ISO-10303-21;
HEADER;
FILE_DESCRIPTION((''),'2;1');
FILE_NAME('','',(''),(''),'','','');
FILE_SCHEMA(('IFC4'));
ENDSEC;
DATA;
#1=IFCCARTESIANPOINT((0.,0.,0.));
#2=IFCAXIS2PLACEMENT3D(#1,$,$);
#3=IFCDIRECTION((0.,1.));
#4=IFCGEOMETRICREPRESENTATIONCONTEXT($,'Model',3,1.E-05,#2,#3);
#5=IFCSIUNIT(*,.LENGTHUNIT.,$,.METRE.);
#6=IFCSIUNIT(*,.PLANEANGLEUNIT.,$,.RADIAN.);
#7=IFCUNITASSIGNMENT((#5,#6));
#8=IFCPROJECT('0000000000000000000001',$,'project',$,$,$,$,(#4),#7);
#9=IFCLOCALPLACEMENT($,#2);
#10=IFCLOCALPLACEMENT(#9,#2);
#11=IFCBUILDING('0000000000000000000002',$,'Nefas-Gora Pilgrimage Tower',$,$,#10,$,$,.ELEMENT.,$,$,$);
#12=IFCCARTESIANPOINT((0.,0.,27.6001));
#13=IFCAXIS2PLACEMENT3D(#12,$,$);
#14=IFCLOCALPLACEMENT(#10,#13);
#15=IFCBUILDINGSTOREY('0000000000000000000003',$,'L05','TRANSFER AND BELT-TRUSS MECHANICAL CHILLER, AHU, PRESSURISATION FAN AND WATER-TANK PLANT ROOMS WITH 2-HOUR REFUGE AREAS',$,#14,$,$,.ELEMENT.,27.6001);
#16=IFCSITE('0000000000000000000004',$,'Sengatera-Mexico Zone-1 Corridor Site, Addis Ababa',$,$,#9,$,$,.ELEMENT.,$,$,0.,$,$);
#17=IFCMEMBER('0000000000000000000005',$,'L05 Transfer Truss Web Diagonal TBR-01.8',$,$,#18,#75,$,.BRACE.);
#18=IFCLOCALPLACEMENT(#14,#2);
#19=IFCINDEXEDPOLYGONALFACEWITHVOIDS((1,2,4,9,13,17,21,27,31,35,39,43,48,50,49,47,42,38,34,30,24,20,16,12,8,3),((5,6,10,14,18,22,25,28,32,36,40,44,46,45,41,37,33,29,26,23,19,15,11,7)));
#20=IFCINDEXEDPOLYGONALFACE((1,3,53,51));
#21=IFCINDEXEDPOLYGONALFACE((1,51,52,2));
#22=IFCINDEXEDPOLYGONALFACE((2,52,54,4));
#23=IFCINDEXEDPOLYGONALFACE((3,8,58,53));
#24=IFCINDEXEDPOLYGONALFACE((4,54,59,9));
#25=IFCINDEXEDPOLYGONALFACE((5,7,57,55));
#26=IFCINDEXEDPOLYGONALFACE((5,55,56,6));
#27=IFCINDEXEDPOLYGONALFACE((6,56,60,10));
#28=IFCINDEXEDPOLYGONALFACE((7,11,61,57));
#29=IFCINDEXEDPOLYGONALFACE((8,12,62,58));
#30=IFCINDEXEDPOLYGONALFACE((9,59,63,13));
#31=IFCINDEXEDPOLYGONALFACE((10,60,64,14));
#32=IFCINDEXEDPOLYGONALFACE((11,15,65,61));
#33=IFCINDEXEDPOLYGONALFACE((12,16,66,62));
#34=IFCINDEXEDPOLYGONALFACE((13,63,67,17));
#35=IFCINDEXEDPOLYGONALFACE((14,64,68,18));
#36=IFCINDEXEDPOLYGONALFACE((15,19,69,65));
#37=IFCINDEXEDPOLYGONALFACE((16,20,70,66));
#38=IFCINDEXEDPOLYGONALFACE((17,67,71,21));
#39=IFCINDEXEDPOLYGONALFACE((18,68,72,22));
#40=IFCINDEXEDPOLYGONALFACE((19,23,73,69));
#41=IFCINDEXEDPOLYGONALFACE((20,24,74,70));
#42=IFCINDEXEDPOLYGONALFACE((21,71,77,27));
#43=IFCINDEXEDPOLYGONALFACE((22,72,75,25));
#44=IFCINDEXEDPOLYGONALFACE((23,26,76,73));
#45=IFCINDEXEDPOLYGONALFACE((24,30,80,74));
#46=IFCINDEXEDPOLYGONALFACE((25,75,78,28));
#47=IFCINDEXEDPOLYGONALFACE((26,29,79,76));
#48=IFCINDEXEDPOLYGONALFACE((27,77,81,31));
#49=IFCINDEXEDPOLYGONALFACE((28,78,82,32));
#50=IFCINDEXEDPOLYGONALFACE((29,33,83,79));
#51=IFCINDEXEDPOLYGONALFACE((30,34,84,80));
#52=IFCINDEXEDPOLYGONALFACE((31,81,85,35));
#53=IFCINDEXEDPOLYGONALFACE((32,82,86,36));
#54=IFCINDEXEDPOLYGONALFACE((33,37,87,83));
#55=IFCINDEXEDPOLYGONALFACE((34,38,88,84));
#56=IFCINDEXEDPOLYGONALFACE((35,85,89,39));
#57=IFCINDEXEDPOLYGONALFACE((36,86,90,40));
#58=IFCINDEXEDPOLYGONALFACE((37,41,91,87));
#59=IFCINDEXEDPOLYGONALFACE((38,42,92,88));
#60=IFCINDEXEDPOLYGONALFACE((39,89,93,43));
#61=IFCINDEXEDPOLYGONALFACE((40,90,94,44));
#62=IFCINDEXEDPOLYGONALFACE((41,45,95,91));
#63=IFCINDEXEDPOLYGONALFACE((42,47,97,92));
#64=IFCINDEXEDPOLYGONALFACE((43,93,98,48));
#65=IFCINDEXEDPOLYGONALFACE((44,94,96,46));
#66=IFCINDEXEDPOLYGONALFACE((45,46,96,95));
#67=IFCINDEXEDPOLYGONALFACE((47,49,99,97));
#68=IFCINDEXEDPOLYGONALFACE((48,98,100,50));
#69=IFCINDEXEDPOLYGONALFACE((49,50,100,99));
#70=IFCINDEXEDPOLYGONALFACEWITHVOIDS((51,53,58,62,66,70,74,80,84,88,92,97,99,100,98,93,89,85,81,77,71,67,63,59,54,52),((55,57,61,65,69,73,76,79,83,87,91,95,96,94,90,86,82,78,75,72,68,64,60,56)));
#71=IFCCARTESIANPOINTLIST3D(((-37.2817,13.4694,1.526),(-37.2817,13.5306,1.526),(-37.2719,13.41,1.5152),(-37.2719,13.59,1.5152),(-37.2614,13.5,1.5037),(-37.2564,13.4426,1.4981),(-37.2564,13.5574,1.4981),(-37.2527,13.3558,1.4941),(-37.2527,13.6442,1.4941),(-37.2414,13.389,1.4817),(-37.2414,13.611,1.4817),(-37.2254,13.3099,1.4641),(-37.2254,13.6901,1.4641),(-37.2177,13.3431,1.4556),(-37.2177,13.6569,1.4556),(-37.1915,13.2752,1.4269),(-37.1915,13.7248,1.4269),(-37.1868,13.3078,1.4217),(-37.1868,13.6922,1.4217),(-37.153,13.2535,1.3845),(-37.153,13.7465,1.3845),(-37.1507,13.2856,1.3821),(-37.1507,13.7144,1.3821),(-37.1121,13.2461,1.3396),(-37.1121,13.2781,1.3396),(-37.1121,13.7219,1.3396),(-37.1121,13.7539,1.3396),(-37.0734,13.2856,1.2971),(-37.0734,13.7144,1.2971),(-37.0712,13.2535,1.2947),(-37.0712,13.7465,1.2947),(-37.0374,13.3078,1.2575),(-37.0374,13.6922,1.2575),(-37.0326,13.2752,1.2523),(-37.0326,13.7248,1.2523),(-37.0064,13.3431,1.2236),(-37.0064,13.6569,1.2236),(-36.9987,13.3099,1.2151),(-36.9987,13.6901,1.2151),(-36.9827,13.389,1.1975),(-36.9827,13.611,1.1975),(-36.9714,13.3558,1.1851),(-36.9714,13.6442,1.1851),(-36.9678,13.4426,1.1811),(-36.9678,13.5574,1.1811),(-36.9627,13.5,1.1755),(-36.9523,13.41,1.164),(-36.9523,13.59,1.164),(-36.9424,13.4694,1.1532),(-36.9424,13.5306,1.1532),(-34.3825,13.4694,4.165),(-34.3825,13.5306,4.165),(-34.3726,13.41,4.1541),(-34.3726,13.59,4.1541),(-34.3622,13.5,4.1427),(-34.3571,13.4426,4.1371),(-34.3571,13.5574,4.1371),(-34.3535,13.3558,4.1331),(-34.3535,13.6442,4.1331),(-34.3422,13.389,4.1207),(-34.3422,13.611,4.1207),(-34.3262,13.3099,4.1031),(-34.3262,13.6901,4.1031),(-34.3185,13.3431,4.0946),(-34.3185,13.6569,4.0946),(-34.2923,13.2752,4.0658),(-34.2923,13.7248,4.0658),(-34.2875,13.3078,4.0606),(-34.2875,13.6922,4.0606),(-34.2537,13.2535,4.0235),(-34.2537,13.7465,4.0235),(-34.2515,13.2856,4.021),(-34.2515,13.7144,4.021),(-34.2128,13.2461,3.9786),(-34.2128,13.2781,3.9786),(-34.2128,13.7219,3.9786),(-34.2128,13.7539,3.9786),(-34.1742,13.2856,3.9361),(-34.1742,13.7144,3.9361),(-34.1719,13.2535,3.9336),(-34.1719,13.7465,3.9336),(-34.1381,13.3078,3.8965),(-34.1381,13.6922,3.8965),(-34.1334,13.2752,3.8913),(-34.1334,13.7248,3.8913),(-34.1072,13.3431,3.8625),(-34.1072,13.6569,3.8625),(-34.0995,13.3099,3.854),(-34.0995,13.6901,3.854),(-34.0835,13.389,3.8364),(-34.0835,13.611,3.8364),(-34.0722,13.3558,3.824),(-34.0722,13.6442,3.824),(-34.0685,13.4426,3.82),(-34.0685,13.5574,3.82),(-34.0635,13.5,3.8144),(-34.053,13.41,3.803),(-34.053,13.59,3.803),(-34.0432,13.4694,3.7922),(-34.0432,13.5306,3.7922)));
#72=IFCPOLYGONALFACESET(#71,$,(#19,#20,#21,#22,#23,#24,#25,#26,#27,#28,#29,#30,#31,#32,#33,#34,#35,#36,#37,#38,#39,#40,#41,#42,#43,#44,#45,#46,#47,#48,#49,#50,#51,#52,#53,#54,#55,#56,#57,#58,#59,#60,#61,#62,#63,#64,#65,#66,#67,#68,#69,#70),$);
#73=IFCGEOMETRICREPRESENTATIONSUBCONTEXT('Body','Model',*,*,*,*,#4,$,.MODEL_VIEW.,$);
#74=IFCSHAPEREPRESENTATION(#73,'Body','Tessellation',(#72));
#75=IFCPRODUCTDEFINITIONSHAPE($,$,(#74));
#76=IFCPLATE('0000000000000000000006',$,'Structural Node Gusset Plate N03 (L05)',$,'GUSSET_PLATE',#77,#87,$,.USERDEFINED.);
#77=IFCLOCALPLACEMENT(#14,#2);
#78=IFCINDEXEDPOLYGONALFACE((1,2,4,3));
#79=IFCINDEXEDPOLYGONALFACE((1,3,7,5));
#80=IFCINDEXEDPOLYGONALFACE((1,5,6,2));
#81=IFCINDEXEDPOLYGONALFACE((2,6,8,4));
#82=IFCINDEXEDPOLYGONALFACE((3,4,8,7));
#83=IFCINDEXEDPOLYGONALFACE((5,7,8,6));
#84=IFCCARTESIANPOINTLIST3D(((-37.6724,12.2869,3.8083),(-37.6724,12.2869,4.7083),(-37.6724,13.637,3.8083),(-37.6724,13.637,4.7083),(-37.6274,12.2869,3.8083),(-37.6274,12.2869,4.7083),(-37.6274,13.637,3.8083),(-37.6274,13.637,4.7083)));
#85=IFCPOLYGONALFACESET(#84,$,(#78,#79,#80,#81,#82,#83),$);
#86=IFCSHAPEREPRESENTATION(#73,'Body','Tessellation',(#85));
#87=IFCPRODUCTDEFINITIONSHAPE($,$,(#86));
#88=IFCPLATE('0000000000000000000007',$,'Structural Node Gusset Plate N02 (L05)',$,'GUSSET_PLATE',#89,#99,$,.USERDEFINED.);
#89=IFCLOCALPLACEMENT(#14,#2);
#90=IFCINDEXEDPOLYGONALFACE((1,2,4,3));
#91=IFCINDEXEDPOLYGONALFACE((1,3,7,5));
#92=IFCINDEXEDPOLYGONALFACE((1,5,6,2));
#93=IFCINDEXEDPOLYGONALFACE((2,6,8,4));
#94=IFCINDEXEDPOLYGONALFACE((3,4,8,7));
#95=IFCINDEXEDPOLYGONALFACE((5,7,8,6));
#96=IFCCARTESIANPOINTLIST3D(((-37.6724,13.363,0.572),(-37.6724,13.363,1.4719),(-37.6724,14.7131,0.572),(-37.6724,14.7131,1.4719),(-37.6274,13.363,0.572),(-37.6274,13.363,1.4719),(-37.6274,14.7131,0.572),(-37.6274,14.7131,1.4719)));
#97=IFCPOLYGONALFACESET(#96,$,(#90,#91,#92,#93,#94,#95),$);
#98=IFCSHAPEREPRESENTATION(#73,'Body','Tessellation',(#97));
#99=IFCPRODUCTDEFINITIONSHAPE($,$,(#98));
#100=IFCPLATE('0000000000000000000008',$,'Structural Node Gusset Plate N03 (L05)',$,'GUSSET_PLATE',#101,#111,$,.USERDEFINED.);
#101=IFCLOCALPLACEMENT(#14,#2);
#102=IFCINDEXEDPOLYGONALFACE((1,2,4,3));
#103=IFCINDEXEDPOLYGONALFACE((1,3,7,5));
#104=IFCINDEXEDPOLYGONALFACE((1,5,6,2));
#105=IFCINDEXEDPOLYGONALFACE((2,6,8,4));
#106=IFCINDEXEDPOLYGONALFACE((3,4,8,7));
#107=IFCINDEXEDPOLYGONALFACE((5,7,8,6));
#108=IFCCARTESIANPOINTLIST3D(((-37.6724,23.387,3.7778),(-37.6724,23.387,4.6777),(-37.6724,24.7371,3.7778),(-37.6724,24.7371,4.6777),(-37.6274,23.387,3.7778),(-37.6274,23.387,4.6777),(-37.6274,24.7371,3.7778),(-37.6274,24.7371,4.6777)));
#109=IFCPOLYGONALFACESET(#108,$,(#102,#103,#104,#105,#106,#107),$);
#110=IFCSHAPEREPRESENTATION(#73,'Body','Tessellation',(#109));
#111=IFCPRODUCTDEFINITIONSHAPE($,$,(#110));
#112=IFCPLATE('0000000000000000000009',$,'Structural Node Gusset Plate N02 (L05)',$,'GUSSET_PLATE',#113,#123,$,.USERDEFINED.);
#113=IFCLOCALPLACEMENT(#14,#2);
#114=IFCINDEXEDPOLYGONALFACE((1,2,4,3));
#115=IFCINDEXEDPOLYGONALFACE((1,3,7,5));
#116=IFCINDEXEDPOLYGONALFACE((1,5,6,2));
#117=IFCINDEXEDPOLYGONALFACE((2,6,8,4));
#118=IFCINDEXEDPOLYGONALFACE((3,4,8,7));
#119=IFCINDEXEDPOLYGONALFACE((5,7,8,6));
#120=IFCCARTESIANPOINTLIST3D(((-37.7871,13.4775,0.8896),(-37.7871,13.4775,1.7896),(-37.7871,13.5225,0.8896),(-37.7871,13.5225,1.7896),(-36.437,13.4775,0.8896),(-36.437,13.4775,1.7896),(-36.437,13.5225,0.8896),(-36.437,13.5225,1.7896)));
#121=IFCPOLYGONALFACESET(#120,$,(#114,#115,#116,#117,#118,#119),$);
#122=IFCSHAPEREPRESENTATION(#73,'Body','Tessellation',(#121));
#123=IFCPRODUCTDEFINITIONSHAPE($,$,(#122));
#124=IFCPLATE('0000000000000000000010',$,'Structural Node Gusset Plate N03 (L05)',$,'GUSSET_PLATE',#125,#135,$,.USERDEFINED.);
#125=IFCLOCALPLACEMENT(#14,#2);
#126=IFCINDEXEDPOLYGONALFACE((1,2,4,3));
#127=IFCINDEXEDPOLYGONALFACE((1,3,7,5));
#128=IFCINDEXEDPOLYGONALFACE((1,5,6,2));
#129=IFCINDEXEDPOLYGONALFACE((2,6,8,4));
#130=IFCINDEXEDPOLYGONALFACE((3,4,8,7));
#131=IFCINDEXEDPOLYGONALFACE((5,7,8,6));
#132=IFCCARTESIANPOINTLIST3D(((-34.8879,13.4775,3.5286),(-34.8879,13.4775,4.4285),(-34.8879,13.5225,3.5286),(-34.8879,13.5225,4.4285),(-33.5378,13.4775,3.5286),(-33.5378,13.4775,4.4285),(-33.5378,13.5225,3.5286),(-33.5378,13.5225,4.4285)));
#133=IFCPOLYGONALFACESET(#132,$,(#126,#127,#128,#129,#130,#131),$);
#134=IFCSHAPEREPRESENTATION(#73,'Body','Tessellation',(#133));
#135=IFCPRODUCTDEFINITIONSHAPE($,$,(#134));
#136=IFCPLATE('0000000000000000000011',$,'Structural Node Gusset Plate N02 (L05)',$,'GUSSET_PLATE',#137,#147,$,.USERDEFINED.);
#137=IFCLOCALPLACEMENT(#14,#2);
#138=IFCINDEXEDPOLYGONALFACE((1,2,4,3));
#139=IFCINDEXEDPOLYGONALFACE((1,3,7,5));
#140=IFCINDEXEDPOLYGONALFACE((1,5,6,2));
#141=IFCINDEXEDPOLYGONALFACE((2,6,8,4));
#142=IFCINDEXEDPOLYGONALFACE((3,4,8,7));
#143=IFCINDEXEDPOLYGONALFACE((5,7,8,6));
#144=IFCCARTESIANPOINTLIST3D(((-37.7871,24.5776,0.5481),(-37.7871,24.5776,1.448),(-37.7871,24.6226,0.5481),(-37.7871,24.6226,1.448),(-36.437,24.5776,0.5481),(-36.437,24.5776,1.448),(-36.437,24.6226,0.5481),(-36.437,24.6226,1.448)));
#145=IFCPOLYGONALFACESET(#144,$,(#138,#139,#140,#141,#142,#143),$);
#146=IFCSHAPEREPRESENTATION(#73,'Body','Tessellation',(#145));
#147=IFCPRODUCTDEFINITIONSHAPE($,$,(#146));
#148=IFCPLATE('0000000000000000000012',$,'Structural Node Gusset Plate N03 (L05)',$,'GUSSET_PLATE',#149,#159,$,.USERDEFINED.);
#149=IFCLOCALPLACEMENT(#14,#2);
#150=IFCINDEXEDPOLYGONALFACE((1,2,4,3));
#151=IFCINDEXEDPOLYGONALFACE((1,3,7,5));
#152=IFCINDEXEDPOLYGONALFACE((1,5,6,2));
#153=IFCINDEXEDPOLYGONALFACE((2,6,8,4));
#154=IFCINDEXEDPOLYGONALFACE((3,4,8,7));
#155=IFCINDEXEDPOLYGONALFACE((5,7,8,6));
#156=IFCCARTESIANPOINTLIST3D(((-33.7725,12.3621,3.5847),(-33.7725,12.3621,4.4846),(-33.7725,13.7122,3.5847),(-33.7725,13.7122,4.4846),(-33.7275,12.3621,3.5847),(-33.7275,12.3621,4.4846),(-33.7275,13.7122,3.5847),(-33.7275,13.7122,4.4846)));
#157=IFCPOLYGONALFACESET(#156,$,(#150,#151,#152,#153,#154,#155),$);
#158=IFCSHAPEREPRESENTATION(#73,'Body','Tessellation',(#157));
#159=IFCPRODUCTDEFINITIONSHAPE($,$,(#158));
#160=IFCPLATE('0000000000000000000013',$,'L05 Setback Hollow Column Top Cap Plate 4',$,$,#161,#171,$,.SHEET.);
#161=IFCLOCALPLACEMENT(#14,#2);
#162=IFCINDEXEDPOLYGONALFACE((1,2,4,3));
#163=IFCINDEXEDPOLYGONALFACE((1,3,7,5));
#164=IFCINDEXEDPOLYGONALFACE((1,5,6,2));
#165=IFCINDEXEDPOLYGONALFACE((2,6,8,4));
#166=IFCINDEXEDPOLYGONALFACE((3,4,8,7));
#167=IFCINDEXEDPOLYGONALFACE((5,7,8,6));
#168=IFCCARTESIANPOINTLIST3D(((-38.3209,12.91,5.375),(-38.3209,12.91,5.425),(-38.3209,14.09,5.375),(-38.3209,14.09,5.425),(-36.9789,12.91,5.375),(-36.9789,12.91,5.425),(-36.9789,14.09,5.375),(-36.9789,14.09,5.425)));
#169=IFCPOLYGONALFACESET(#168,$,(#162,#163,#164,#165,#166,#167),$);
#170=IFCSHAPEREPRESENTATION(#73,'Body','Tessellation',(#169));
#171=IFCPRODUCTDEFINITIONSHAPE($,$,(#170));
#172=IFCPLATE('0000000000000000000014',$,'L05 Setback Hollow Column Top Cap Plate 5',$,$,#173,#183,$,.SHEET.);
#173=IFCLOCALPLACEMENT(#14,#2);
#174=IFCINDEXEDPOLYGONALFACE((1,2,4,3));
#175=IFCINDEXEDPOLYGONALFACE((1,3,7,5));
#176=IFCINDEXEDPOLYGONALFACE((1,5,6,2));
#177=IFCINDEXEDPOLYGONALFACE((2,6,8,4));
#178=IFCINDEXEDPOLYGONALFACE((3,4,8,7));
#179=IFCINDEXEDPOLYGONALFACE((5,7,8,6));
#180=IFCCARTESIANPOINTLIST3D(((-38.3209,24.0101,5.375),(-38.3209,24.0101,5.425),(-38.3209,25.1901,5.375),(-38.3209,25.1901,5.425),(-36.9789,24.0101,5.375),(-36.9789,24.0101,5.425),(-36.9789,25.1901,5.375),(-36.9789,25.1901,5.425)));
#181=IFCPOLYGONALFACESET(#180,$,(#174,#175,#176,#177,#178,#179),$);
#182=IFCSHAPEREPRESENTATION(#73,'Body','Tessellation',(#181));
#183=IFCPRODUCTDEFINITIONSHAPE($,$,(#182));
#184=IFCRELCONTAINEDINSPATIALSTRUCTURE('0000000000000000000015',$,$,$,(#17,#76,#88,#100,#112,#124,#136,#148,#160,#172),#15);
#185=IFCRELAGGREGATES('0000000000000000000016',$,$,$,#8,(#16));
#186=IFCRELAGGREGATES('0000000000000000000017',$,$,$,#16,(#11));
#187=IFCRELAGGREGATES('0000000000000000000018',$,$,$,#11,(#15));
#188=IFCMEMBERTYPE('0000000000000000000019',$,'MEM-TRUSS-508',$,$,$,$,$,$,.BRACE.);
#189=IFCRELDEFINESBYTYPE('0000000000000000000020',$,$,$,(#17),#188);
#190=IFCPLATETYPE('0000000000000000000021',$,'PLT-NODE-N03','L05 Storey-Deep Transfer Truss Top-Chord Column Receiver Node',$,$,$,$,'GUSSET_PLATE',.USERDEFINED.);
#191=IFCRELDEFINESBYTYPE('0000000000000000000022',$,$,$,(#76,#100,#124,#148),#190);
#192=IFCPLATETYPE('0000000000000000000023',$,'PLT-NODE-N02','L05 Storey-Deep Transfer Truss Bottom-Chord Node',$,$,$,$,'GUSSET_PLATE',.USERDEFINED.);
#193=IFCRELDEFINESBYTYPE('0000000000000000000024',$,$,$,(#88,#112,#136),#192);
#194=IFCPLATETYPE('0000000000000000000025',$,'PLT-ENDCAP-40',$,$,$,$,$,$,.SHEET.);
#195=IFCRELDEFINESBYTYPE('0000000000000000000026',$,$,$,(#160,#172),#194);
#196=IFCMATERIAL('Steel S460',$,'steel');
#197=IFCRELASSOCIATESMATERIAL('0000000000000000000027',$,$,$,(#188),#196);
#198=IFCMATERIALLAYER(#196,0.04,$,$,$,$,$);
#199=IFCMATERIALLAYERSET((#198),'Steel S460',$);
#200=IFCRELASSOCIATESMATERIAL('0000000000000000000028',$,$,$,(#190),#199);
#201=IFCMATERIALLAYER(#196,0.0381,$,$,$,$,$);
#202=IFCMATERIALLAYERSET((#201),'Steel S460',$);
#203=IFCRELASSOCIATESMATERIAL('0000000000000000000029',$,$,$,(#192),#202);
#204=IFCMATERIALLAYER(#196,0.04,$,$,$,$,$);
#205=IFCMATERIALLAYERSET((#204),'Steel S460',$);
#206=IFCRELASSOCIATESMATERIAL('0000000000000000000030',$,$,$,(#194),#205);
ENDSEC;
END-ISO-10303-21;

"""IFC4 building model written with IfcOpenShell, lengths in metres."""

from ifc_helpers import new_model, si_unit, direction, frame, origin, origin_2d, place, context, subcontext, project, spatial, rectangle, hollow_circle, extrude, source, transform, mapped, material, layer, layer_set, material_profile, profile_set, type_object, element, save


model = new_model("IFC4")

# Units and contexts
model_context = context("Model", 3, precision=1e-05, world=origin(), true_north=direction((0.0, 1.0)))
body_context = subcontext(model_context, "Body", "Model", "MODEL_VIEW")
ifc_project = project(units=[si_unit("LENGTHUNIT", "METRE"), si_unit("PLANEANGLEUNIT", "RADIAN")], contexts=[model_context])

# Site, building, storey
site_placement = place(None, origin())
site = spatial("IfcSite", under=ifc_project, at=site_placement, Name="Sengatera-Mexico Zone-1 Corridor Site, Addis Ababa", CompositionType="ELEMENT", RefElevation=0.0)
building_placement = place(site_placement, origin())
building = spatial("IfcBuilding", under=site, at=building_placement, Name="Nefas-Gora Pilgrimage Tower", CompositionType="ELEMENT")
storey_placement = place(building_placement, frame((0.0, 0.0, 27.6001)))
storey = spatial("IfcBuildingStorey", under=building, at=storey_placement, Name="L05", Description="TRANSFER AND BELT-TRUSS MECHANICAL CHILLER, AHU, PRESSURISATION FAN AND WATER-TANK PLANT ROOMS WITH 2-HOUR REFUGE AREAS", CompositionType="ELEMENT", Elevation=27.6001)

# Shared definitions
ifc_material_1 = material(Name="Steel S460", Category="steel")

# Shared definitions
ifc_material_profile_1 = material_profile(ifc_material_1, hollow_circle(Radius=0.2539, WallThickness=0.032, at=origin_2d()), Name="CHS 508x32")
ifc_profile_set_1 = profile_set([ifc_material_profile_1], Name="Steel S460")
member_type = type_object("IfcMemberType", Name="MEM-TRUSS-508", PredefinedType="BRACE", material=ifc_profile_set_1)

# Member
shared_shape_1 = source(origin(), body_context, "Body", "SweptSolid", [
    extrude(hollow_circle(Radius=0.2539, WallThickness=0.032, at=origin_2d()), origin(), (0.0, 0.0, 1.0), 3.9204),
])
member_1_placement = place(storey_placement, frame((-37.1121, 13.5, 1.3396), z_axis=(0.73952, 0.0, 0.673135), x_axis=(0.0, 1.0, 0.0)))
element("IfcMember", 1, at=member_1_placement, inside=storey, type_object=member_type, Name="L05 Transfer Truss Web Diagonal TBR-01.8", PredefinedType="BRACE", context=body_context, shape_type="MappedRepresentation", body=[
    mapped(shared_shape_1, transform((0.0, 0.0, 0.0), x_axis=(1.0, 0.0, 0.0), y_axis=(0.0, 1.0, 0.0), z_axis=(0.0, 0.0, 1.0), scale=1.0)),
])

# Plates
ifc_layer_1 = layer(ifc_material_1, 0.04)
ifc_layer_set_1 = layer_set([ifc_layer_1], Name="Steel S460")
plate_type_1 = type_object("IfcPlateType", Name="PLT-NODE-N03", Description="L05 Storey-Deep Transfer Truss Top-Chord Column Receiver Node", ElementType="GUSSET_PLATE", PredefinedType="USERDEFINED", material=ifc_layer_set_1)
shared_shape_2 = source(origin(), body_context, "Body", "SweptSolid", [
    extrude(rectangle(XDim=1.3501, YDim=0.0449, at=origin_2d()), origin(), (0.0, 0.0, 1.0), 0.8999),
])
plate_1_placement = place(storey_placement, frame((-37.6499, 12.9619, 3.8083), z_axis=(0.0, 0.0, 1.0), x_axis=(0.0, 1.0, 0.0)))
element("IfcPlate", 2, at=plate_1_placement, inside=storey, type_object=plate_type_1, Name="Structural Node Gusset Plate N03 (L05)", ObjectType="GUSSET_PLATE", PredefinedType="USERDEFINED", context=body_context, shape_type="MappedRepresentation", body=[
    mapped(shared_shape_2, transform((0.0, 0.0, 0.0), x_axis=(1.0, 0.0, 0.0), y_axis=(0.0, 1.0, 0.0), z_axis=(0.0, 0.0, 1.0), scale=1.0)),
])
ifc_layer_2 = layer(ifc_material_1, 0.0381)
ifc_layer_set_2 = layer_set([ifc_layer_2], Name="Steel S460")
plate_type_2 = type_object("IfcPlateType", Name="PLT-NODE-N02", Description="L05 Storey-Deep Transfer Truss Bottom-Chord Node", ElementType="GUSSET_PLATE", PredefinedType="USERDEFINED", material=ifc_layer_set_2)
plate_2_placement = place(storey_placement, frame((-37.6499, 14.0381, 0.572), z_axis=(0.0, 0.0, 1.0), x_axis=(0.0, 1.0, 0.0)))
element("IfcPlate", 3, at=plate_2_placement, inside=storey, type_object=plate_type_2, Name="Structural Node Gusset Plate N02 (L05)", ObjectType="GUSSET_PLATE", PredefinedType="USERDEFINED", context=body_context, shape_type="MappedRepresentation", body=[
    mapped(shared_shape_2, transform((0.0, 0.0, 0.0), x_axis=(1.0, 0.0, 0.0), y_axis=(0.0, 1.0, 0.0), z_axis=(0.0, 0.0, 1.0), scale=1.0)),
])
plate_3_placement = place(storey_placement, frame((-37.6499, 24.062, 3.7778), z_axis=(0.0, 0.0, 1.0), x_axis=(0.0, 1.0, 0.0)))
element("IfcPlate", 4, at=plate_3_placement, inside=storey, type_object=plate_type_1, Name="Structural Node Gusset Plate N03 (L05)", ObjectType="GUSSET_PLATE", PredefinedType="USERDEFINED", context=body_context, shape_type="MappedRepresentation", body=[
    mapped(shared_shape_2, transform((0.0, 0.0, 0.0), x_axis=(1.0, 0.0, 0.0), y_axis=(0.0, 1.0, 0.0), z_axis=(0.0, 0.0, 1.0), scale=1.0)),
])
plate_4_placement = place(storey_placement, frame((-37.1121, 13.5, 0.8896), z_axis=(0.0, 0.0, 1.0), x_axis=(1.0, 0.0, 0.0)))
element("IfcPlate", 5, at=plate_4_placement, inside=storey, type_object=plate_type_2, Name="Structural Node Gusset Plate N02 (L05)", ObjectType="GUSSET_PLATE", PredefinedType="USERDEFINED", context=body_context, shape_type="MappedRepresentation", body=[
    mapped(shared_shape_2, transform((0.0, 0.0, 0.0), x_axis=(1.0, 0.0, 0.0), y_axis=(0.0, 1.0, 0.0), z_axis=(0.0, 0.0, 1.0), scale=1.0)),
])
plate_5_placement = place(storey_placement, frame((-34.2129, 13.5, 3.5286), z_axis=(0.0, 0.0, 1.0), x_axis=(1.0, 0.0, 0.0)))
element("IfcPlate", 6, at=plate_5_placement, inside=storey, type_object=plate_type_1, Name="Structural Node Gusset Plate N03 (L05)", ObjectType="GUSSET_PLATE", PredefinedType="USERDEFINED", context=body_context, shape_type="MappedRepresentation", body=[
    mapped(shared_shape_2, transform((0.0, 0.0, 0.0), x_axis=(1.0, 0.0, 0.0), y_axis=(0.0, 1.0, 0.0), z_axis=(0.0, 0.0, 1.0), scale=1.0)),
])
plate_6_placement = place(storey_placement, frame((-37.1121, 24.6001, 0.5481), z_axis=(0.0, 0.0, 1.0), x_axis=(1.0, 0.0, 0.0)))
element("IfcPlate", 7, at=plate_6_placement, inside=storey, type_object=plate_type_2, Name="Structural Node Gusset Plate N02 (L05)", ObjectType="GUSSET_PLATE", PredefinedType="USERDEFINED", context=body_context, shape_type="MappedRepresentation", body=[
    mapped(shared_shape_2, transform((0.0, 0.0, 0.0), x_axis=(1.0, 0.0, 0.0), y_axis=(0.0, 1.0, 0.0), z_axis=(0.0, 0.0, 1.0), scale=1.0)),
])
plate_7_placement = place(storey_placement, frame((-33.75, 13.0371, 3.5847), z_axis=(0.0, 0.0, 1.0), x_axis=(0.0, 1.0, 0.0)))
element("IfcPlate", 8, at=plate_7_placement, inside=storey, type_object=plate_type_1, Name="Structural Node Gusset Plate N03 (L05)", ObjectType="GUSSET_PLATE", PredefinedType="USERDEFINED", context=body_context, shape_type="MappedRepresentation", body=[
    mapped(shared_shape_2, transform((0.0, 0.0, 0.0), x_axis=(1.0, 0.0, 0.0), y_axis=(0.0, 1.0, 0.0), z_axis=(0.0, 0.0, 1.0), scale=1.0)),
])
ifc_layer_3 = layer(ifc_material_1, 0.04)
ifc_layer_set_3 = layer_set([ifc_layer_3], Name="Steel S460")
plate_type_3 = type_object("IfcPlateType", Name="PLT-ENDCAP-40", PredefinedType="SHEET", material=ifc_layer_set_3)
shared_shape_3 = source(origin(), body_context, "Body", "SweptSolid", [
    extrude(rectangle(XDim=1.342, YDim=1.1799, at=origin_2d()), origin(), (0.0, 0.0, 1.0), 0.05),
])
for number, where, z_axis, x_axis, name in (
    (9, (-37.6499, 13.5, 5.375), (0.0, 0.0, 1.0), (1.0, 0.0, 0.0), "L05 Setback Hollow Column Top Cap Plate 4"),
    (10, (-37.6499, 24.6001, 5.375), (0.0, 0.0, 1.0), (1.0, 0.0, 0.0), "L05 Setback Hollow Column Top Cap Plate 5"),
):
    element("IfcPlate", number, at=place(storey_placement, frame(where, z_axis=z_axis, x_axis=x_axis)), inside=storey, type_object=plate_type_3, Name=name, PredefinedType="SHEET", context=body_context, shape_type="MappedRepresentation", body=[
        mapped(shared_shape_3, transform((0.0, 0.0, 0.0), x_axis=(1.0, 0.0, 0.0), y_axis=(0.0, 1.0, 0.0), z_axis=(0.0, 0.0, 1.0), scale=1.0)),
    ])

save(model, "model.ifc")
